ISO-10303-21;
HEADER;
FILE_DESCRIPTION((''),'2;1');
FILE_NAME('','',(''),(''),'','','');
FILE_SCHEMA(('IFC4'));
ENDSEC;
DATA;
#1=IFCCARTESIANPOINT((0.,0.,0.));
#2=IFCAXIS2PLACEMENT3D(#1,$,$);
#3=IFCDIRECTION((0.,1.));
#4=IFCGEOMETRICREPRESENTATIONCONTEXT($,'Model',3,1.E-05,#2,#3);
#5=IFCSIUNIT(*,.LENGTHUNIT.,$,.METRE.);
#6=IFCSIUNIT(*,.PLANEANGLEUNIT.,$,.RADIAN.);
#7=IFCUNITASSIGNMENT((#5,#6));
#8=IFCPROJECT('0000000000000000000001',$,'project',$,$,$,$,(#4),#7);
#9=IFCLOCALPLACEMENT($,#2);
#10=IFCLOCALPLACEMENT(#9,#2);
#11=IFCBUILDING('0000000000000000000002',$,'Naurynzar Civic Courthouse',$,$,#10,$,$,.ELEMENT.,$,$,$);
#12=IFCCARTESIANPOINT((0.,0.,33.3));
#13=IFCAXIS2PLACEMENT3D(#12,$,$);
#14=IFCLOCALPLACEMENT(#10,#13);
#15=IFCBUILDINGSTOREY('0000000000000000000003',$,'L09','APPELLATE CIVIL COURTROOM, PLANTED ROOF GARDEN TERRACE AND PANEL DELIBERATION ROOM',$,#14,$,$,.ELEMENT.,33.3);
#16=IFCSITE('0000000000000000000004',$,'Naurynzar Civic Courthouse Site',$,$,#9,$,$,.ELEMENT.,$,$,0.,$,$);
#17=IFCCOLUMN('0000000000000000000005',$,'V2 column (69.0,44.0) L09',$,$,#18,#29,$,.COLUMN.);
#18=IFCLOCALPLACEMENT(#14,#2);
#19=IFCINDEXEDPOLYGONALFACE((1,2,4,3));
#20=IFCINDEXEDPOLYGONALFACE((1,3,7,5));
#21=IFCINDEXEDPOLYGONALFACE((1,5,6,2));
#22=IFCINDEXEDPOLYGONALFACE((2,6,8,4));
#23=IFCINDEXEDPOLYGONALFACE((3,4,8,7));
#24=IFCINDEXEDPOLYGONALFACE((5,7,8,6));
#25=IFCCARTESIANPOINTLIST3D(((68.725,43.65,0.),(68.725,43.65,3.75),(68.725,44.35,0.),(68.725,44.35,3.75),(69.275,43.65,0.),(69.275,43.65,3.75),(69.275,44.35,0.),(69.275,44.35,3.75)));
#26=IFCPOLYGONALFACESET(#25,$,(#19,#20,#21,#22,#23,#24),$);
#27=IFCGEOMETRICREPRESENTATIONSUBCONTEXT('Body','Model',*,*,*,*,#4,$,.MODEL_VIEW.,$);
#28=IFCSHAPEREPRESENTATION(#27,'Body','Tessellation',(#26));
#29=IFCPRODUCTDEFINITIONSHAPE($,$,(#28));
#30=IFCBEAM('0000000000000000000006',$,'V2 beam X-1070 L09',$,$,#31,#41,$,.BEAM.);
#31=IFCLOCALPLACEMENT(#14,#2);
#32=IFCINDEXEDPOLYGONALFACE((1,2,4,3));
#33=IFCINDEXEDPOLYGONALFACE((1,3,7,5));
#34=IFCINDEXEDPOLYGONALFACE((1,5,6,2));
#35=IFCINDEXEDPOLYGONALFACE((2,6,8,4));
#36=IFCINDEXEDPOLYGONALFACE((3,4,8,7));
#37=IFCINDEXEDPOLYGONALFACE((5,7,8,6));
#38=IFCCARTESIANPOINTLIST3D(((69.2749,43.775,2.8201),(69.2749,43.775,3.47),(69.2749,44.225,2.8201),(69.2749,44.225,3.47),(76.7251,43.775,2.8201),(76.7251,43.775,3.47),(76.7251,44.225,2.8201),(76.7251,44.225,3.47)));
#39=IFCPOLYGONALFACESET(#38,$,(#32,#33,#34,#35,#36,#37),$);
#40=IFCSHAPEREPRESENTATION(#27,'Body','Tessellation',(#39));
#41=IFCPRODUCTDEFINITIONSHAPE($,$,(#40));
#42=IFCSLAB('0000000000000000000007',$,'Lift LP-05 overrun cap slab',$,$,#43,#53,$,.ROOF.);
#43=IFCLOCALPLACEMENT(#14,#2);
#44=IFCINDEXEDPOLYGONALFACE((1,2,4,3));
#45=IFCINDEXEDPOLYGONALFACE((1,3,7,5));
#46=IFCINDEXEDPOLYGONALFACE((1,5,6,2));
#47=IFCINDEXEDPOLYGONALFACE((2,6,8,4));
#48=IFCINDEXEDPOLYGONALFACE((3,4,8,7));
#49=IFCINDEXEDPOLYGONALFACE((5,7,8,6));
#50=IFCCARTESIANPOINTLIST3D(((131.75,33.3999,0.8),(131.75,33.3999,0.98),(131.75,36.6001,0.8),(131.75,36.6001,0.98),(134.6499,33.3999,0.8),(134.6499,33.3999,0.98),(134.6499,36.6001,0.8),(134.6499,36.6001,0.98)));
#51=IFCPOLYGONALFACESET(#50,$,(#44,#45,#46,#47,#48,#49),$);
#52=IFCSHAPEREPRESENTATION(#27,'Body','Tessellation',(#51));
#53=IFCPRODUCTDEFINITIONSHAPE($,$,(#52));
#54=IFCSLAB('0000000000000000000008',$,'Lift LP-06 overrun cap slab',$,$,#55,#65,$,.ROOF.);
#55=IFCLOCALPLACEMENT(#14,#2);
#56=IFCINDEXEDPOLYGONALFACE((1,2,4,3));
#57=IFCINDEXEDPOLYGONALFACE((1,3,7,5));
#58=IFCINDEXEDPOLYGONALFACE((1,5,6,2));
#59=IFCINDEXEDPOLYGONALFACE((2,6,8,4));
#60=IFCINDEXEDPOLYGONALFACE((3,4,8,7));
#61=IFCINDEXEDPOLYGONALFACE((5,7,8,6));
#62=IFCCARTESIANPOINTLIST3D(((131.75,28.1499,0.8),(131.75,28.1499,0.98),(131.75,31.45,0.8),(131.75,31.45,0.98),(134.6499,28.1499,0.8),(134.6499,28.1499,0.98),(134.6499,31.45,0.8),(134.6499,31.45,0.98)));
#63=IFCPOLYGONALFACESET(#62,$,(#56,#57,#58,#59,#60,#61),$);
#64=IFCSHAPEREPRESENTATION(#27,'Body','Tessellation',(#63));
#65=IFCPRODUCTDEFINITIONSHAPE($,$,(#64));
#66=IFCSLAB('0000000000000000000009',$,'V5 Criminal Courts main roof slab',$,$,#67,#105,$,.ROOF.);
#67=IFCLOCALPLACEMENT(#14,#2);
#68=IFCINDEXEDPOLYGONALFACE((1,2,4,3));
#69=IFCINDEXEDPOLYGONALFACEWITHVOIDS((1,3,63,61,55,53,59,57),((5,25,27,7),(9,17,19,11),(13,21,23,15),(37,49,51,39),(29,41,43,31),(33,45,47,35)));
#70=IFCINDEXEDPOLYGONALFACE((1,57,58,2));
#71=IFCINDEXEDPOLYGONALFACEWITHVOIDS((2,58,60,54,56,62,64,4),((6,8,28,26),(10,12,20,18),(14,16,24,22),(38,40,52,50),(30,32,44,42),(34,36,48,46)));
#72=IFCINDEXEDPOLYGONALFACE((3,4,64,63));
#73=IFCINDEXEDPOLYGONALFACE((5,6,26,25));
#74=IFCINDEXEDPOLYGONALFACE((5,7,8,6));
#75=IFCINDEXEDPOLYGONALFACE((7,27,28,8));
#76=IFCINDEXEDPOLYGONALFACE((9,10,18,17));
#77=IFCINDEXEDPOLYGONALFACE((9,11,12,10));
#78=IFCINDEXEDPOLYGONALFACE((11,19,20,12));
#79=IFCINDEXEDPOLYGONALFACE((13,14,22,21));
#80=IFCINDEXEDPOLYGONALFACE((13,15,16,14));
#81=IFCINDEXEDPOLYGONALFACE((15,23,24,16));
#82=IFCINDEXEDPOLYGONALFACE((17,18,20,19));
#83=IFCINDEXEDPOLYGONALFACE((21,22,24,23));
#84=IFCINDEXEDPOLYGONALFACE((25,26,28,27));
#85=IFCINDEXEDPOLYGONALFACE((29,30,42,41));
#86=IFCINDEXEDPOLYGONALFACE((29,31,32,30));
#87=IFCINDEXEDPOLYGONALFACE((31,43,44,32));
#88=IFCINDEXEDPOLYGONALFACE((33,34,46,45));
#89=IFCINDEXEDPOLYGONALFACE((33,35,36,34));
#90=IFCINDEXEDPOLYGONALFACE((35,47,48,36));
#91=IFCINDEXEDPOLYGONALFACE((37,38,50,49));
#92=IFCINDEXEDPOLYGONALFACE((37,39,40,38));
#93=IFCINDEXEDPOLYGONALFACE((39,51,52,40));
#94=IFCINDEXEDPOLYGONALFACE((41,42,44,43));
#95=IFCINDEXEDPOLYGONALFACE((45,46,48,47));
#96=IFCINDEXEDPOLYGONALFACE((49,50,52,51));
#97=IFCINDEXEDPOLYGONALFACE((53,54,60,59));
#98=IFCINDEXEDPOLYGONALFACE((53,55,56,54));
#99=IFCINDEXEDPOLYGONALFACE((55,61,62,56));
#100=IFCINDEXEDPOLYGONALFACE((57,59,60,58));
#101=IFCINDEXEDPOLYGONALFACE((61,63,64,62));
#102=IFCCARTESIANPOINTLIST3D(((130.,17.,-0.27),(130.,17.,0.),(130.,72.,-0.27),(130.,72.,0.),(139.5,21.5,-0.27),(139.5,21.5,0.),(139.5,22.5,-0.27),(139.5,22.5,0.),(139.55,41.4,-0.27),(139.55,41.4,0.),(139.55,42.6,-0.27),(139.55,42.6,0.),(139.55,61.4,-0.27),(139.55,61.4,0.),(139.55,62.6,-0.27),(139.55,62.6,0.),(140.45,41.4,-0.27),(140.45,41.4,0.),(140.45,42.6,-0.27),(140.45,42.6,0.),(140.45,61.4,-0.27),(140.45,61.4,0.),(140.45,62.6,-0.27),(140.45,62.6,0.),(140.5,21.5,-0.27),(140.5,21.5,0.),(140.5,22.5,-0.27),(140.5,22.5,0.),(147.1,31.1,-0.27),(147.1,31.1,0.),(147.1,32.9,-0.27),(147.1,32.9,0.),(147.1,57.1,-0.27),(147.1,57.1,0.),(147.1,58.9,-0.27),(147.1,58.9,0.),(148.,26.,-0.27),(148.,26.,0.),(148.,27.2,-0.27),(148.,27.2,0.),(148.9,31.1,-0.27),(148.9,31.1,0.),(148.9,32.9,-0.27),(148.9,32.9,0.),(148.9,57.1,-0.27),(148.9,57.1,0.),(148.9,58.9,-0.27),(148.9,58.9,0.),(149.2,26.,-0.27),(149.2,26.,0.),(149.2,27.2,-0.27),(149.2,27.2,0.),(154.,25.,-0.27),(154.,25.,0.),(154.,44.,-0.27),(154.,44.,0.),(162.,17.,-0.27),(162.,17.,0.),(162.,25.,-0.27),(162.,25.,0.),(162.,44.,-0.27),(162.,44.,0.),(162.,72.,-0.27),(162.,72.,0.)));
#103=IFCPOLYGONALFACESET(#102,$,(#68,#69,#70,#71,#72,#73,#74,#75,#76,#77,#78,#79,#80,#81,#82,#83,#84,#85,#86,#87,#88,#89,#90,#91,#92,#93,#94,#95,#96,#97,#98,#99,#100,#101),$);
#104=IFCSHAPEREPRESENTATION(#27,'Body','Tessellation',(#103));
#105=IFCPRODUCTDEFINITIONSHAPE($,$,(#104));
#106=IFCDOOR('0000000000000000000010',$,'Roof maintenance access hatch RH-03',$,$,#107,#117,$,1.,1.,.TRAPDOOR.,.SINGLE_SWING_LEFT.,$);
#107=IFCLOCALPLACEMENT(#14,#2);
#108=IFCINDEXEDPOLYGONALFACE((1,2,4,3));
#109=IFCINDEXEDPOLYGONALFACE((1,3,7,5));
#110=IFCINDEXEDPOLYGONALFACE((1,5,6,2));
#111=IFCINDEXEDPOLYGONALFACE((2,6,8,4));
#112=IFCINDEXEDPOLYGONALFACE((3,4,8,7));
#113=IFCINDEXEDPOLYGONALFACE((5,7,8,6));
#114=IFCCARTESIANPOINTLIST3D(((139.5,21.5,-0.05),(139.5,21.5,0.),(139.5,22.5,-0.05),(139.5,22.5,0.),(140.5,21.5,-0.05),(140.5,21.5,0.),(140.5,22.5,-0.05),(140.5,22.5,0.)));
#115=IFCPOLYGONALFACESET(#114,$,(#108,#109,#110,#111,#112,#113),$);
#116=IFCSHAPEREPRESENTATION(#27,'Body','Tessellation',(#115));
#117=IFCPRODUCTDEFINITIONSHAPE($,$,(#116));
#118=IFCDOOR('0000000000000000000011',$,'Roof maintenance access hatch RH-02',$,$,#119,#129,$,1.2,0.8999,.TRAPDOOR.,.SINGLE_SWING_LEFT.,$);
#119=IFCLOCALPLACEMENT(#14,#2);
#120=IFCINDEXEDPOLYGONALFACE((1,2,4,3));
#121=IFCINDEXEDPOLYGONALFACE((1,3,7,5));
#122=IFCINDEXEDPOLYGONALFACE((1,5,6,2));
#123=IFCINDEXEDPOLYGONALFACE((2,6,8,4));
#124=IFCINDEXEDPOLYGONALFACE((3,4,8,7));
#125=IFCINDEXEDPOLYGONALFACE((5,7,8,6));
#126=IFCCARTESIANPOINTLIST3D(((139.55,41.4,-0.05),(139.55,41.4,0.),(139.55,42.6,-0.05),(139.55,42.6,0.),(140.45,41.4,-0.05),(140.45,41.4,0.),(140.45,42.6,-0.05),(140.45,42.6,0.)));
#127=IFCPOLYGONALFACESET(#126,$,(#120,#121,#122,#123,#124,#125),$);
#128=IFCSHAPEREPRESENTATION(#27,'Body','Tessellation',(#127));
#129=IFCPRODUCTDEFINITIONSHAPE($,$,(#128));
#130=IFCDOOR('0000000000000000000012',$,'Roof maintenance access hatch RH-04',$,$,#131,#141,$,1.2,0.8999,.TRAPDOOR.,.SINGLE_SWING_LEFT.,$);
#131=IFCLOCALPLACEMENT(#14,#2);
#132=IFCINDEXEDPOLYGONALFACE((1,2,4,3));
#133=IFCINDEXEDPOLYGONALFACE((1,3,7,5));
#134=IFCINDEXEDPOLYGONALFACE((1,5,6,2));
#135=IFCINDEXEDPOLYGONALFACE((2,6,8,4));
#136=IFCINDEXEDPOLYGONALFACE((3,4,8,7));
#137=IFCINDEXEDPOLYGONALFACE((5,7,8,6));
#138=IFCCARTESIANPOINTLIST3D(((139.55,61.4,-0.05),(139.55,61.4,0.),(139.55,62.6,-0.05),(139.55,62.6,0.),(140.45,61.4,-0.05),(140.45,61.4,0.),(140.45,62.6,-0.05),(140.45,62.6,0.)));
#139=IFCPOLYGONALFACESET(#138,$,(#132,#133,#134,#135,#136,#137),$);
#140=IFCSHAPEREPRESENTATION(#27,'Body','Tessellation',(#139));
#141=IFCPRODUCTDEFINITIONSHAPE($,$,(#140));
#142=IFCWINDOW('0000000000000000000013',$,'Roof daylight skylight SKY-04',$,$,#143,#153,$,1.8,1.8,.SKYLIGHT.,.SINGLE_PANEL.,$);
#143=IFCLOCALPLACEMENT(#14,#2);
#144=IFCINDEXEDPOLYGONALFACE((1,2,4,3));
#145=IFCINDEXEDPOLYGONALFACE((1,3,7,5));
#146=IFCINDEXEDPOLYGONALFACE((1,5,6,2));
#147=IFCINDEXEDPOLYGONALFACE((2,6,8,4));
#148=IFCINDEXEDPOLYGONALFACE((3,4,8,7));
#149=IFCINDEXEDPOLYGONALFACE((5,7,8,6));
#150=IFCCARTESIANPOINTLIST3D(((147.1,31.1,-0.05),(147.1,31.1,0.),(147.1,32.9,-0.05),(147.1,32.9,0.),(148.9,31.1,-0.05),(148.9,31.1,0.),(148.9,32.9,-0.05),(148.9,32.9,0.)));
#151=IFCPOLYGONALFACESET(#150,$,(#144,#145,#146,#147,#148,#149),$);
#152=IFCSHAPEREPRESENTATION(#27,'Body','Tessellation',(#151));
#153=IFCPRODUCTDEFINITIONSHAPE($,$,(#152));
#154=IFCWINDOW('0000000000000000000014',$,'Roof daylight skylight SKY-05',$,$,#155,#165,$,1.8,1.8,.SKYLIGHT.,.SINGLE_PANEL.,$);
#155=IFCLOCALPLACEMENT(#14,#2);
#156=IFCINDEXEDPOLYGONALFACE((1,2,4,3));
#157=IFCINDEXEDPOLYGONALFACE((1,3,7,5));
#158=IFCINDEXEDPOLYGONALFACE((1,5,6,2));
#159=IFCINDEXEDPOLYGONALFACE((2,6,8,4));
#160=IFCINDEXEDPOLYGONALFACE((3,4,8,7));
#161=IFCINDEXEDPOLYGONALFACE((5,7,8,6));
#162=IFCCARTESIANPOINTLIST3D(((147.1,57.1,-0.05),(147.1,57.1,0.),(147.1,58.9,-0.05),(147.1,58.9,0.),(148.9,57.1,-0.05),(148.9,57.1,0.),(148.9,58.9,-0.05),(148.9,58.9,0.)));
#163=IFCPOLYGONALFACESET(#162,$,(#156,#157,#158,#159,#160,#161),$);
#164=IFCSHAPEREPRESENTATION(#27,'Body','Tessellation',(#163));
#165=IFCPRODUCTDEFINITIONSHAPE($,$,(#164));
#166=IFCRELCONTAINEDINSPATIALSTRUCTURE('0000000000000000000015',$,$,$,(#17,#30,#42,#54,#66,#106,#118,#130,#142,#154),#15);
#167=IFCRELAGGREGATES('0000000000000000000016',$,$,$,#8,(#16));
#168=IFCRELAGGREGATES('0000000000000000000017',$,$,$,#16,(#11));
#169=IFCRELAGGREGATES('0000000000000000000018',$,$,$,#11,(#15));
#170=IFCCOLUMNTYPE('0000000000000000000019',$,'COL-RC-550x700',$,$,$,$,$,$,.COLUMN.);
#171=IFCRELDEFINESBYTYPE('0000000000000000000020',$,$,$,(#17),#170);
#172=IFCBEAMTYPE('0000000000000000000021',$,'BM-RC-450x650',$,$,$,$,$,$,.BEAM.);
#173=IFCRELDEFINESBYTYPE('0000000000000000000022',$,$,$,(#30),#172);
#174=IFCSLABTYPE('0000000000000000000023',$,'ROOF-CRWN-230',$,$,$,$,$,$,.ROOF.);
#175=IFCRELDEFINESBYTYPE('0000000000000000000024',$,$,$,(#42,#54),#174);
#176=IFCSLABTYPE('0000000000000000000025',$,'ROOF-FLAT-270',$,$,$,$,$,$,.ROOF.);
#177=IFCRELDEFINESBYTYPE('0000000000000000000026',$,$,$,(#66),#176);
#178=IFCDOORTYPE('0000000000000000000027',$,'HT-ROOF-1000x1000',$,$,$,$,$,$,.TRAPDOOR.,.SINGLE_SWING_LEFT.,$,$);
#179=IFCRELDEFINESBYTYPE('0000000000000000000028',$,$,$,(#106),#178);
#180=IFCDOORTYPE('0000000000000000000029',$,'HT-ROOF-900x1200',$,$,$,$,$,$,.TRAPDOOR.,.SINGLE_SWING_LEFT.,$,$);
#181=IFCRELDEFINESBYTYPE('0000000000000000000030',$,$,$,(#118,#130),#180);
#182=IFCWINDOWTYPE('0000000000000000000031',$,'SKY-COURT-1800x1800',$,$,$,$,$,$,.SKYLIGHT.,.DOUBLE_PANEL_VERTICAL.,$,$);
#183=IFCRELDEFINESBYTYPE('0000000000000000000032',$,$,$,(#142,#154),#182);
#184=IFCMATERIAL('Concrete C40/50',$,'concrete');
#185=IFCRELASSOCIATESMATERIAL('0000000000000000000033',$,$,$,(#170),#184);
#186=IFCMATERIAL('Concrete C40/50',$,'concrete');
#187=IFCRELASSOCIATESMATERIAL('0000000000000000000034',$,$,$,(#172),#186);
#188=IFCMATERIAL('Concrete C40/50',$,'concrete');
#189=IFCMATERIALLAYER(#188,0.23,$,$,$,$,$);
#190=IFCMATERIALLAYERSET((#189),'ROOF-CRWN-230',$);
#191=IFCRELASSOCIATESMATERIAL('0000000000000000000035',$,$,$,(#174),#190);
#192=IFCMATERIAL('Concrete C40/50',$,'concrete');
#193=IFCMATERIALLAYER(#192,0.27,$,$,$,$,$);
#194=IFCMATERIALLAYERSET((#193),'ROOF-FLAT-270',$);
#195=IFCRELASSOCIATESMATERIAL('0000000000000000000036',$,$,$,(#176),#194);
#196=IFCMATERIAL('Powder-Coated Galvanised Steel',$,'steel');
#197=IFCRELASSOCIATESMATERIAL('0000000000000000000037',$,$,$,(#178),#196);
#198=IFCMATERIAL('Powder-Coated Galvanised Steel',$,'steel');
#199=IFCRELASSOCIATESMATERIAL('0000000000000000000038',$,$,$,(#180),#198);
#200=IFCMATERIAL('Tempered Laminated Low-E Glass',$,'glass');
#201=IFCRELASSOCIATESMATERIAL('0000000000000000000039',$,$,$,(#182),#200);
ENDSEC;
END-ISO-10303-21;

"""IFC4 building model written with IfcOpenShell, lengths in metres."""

from ifc_helpers import new_model, si_unit, direction, frame, origin, origin_2d, place, context, subcontext, project, spatial, polyline, rectangle, outline, extrude, material, layer, layer_set, material_profile, profile_set, type_object, element, fill, save


model = new_model("IFC4")

# Units and contexts
model_context = context("Model", 3, precision=1e-05, world=origin(), true_north=direction((0.0, 1.0)))
body_context = subcontext(model_context, "Body", "Model", "MODEL_VIEW")
ifc_project = project(units=[si_unit("LENGTHUNIT", "METRE"), si_unit("PLANEANGLEUNIT", "RADIAN")], contexts=[model_context])

# Site, building, storey
site_placement = place(None, origin())
site = spatial("IfcSite", under=ifc_project, at=site_placement, Name="Naurynzar Civic Courthouse Site", CompositionType="ELEMENT", RefElevation=0.0)
building_placement = place(site_placement, origin())
building = spatial("IfcBuilding", under=site, at=building_placement, Name="Naurynzar Civic Courthouse", CompositionType="ELEMENT")
storey_placement = place(building_placement, frame((0.0, 0.0, 33.3)))
storey = spatial("IfcBuildingStorey", under=building, at=storey_placement, Name="L09", Description="APPELLATE CIVIL COURTROOM, PLANTED ROOF GARDEN TERRACE AND PANEL DELIBERATION ROOM", CompositionType="ELEMENT", Elevation=33.3)

# Column
ifc_material_1 = material(Name="Concrete C40/50", Category="concrete")
ifc_material_profile_1 = material_profile(ifc_material_1, rectangle(XDim=0.55, YDim=0.7, at=origin_2d()), Name="RC 550x700")
ifc_profile_set_1 = profile_set([ifc_material_profile_1], Name="Concrete C40/50")
column_type = type_object("IfcColumnType", Name="COL-RC-550x700", PredefinedType="COLUMN", material=ifc_profile_set_1)
column_placement = place(storey_placement, frame((69.0, 44.0, 0.0), z_axis=(0.0, 0.0, 1.0), x_axis=(1.0, 0.0, 0.0)))
element("IfcColumn", 1, at=column_placement, inside=storey, type_object=column_type, Name="V2 column (69.0,44.0) L09", PredefinedType="COLUMN", context=body_context, shape_type="SweptSolid", body=[
    extrude(rectangle(XDim=0.55, YDim=0.7, at=origin_2d()), origin(), (0.0, 0.0, 1.0), 3.75),
])

# Beam
ifc_material_2 = material(Name="Concrete C40/50", Category="concrete")
ifc_material_profile_2 = material_profile(ifc_material_2, rectangle(XDim=0.45, YDim=0.6499, at=origin_2d()), Name="RCB 450x650")
ifc_profile_set_2 = profile_set([ifc_material_profile_2], Name="Concrete C40/50")
beam_type = type_object("IfcBeamType", Name="BM-RC-450x650", PredefinedType="BEAM", material=ifc_profile_set_2)
beam_placement = place(storey_placement, frame((69.2749, 44.0, 3.145), z_axis=(1.0, 0.0, 0.0), x_axis=(0.0, 1.0, 0.0)))
element("IfcBeam", 2, at=beam_placement, inside=storey, type_object=beam_type, Name="V2 beam X-1070 L09", PredefinedType="BEAM", context=body_context, shape_type="SweptSolid", body=[
    extrude(rectangle(XDim=0.45, YDim=0.6499, at=origin_2d()), origin(), (0.0, 0.0, 1.0), 7.4502),
])

# Slabs
ifc_material_3 = material(Name="Concrete C40/50", Category="concrete")
ifc_layer_1 = layer(ifc_material_3, 0.23)
ifc_layer_set_1 = layer_set([ifc_layer_1], Name="ROOF-CRWN-230")
slab_type_1 = type_object("IfcSlabType", Name="ROOF-CRWN-230", PredefinedType="ROOF", material=ifc_layer_set_1)
slab_1_placement = place(storey_placement, frame((0.0, 0.0, 0.8)))
element("IfcSlab", 3, at=slab_1_placement, inside=storey, type_object=slab_type_1, Name="Lift LP-05 overrun cap slab", PredefinedType="ROOF", context=body_context, shape_type="SweptSolid", body=[
    extrude(outline(polyline([(131.75, 33.3999), (134.6499, 33.3999), (134.6499, 36.6001), (131.75, 36.6001), (131.75, 33.3999)])), origin(), (0.0, 0.0, 1.0), 0.1799),
])
slab_2_placement = place(storey_placement, frame((0.0, 0.0, 0.8)))
element("IfcSlab", 4, at=slab_2_placement, inside=storey, type_object=slab_type_1, Name="Lift LP-06 overrun cap slab", PredefinedType="ROOF", context=body_context, shape_type="SweptSolid", body=[
    extrude(outline(polyline([(131.75, 28.1499), (134.6499, 28.1499), (134.6499, 31.45), (131.75, 31.45), (131.75, 28.1499)])), origin(), (0.0, 0.0, 1.0), 0.1799),
])

# Slab, openings, doors, windows
ifc_material_4 = material(Name="Concrete C40/50", Category="concrete")
ifc_layer_2 = layer(ifc_material_4, 0.27)
ifc_layer_set_2 = layer_set([ifc_layer_2], Name="ROOF-FLAT-270")
slab_type_2 = type_object("IfcSlabType", Name="ROOF-FLAT-270", PredefinedType="ROOF", material=ifc_layer_set_2)
slab_3_placement = place(storey_placement, frame((0.0, 0.0, -0.27)))
slab_3 = element("IfcSlab", 5, at=slab_3_placement, inside=storey, type_object=slab_type_2, Name="V5 Criminal Courts main roof slab", PredefinedType="ROOF", context=body_context, shape_type="SweptSolid", body=[
    extrude(outline(polyline([(130.0, 17.0), (162.0, 17.0), (162.0, 25.0), (154.0, 25.0), (154.0, 44.0), (162.0, 44.0), (162.0, 72.0), (130.0, 72.0), (130.0, 17.0)]), holes=[polyline([(148.0, 26.0), (149.2, 26.0), (149.2, 27.2), (148.0, 27.2), (148.0, 26.0)])]), origin(), (0.0, 0.0, 1.0), 0.27),
])
opening_1_placement = place(slab_3_placement, frame((148.0, 32.0, 0.0)))
opening_1 = element("IfcOpeningElement", 6, at=opening_1_placement, cuts=slab_3, PredefinedType="OPENING", context=body_context, shape_type="SweptSolid", body=[
    extrude(rectangle(XDim=1.8, YDim=1.8, at=origin_2d()), origin(), (0.0, 0.0, 1.0), 0.27),
])
opening_2_placement = place(slab_3_placement, frame((148.0, 58.0, 0.0)))
opening_2 = element("IfcOpeningElement", 7, at=opening_2_placement, cuts=slab_3, PredefinedType="OPENING", context=body_context, shape_type="SweptSolid", body=[
    extrude(rectangle(XDim=1.8, YDim=1.8, at=origin_2d()), origin(), (0.0, 0.0, 1.0), 0.27),
])
opening_3_placement = place(slab_3_placement, frame((140.0, 42.0, 0.0)))
opening_3 = element("IfcOpeningElement", 8, at=opening_3_placement, cuts=slab_3, PredefinedType="OPENING", context=body_context, shape_type="SweptSolid", body=[
    extrude(rectangle(XDim=0.8999, YDim=1.2, at=origin_2d()), origin(), (0.0, 0.0, 1.0), 0.27),
])
opening_4_placement = place(slab_3_placement, frame((140.0, 22.0, 0.0)))
opening_4 = element("IfcOpeningElement", 9, at=opening_4_placement, cuts=slab_3, PredefinedType="OPENING", context=body_context, shape_type="SweptSolid", body=[
    extrude(rectangle(XDim=1.0, YDim=1.0, at=origin_2d()), origin(), (0.0, 0.0, 1.0), 0.27),
])
opening_5_placement = place(slab_3_placement, frame((140.0, 62.0, 0.0)))
opening_5 = element("IfcOpeningElement", 10, at=opening_5_placement, cuts=slab_3, PredefinedType="OPENING", context=body_context, shape_type="SweptSolid", body=[
    extrude(rectangle(XDim=0.8999, YDim=1.2, at=origin_2d()), origin(), (0.0, 0.0, 1.0), 0.27),
])
ifc_material_5 = material(Name="Powder-Coated Galvanised Steel", Category="steel")
door_type_1 = type_object("IfcDoorType", Name="HT-ROOF-1000x1000", OperationType="SINGLE_SWING_LEFT", PredefinedType="TRAPDOOR", material=ifc_material_5)
door_1_placement = place(opening_4_placement, frame((0.0, 0.0, 0.22)))
door_1 = element("IfcDoor", 11, at=door_1_placement, inside=storey, type_object=door_type_1, Name="Roof maintenance access hatch RH-03", OperationType="SINGLE_SWING_LEFT", OverallHeight=1.0, OverallWidth=1.0, PredefinedType="TRAPDOOR", context=body_context, shape_type="SweptSolid", body=[
    extrude(rectangle(XDim=1.0, YDim=1.0, at=origin_2d()), origin(), (0.0, 0.0, 1.0), 0.05),
])
fill(opening_4, door_1)
ifc_material_6 = material(Name="Powder-Coated Galvanised Steel", Category="steel")
door_type_2 = type_object("IfcDoorType", Name="HT-ROOF-900x1200", OperationType="SINGLE_SWING_LEFT", PredefinedType="TRAPDOOR", material=ifc_material_6)
door_2_placement = place(opening_3_placement, frame((0.0, 0.0, 0.22)))
door_2 = element("IfcDoor", 12, at=door_2_placement, inside=storey, type_object=door_type_2, Name="Roof maintenance access hatch RH-02", OperationType="SINGLE_SWING_LEFT", OverallHeight=1.2, OverallWidth=0.8999, PredefinedType="TRAPDOOR", context=body_context, shape_type="SweptSolid", body=[
    extrude(rectangle(XDim=0.8999, YDim=1.2, at=origin_2d()), origin(), (0.0, 0.0, 1.0), 0.05),
])
fill(opening_3, door_2)
door_3_placement = place(opening_5_placement, frame((0.0, 0.0, 0.22)))
door_3 = element("IfcDoor", 13, at=door_3_placement, inside=storey, type_object=door_type_2, Name="Roof maintenance access hatch RH-04", OperationType="SINGLE_SWING_LEFT", OverallHeight=1.2, OverallWidth=0.8999, PredefinedType="TRAPDOOR", context=body_context, shape_type="SweptSolid", body=[
    extrude(rectangle(XDim=0.8999, YDim=1.2, at=origin_2d()), origin(), (0.0, 0.0, 1.0), 0.05),
])
fill(opening_5, door_3)
ifc_material_7 = material(Name="Tempered Laminated Low-E Glass", Category="glass")
window_type = type_object("IfcWindowType", Name="SKY-COURT-1800x1800", PartitioningType="DOUBLE_PANEL_VERTICAL", PredefinedType="SKYLIGHT", material=ifc_material_7)
window_1_placement = place(opening_1_placement, frame((0.0, 0.0, 0.22)))
window_1 = element("IfcWindow", 14, at=window_1_placement, inside=storey, type_object=window_type, Name="Roof daylight skylight SKY-04", OverallHeight=1.8, OverallWidth=1.8, PartitioningType="SINGLE_PANEL", PredefinedType="SKYLIGHT", context=body_context, shape_type="SweptSolid", body=[
    extrude(rectangle(XDim=1.8, YDim=1.8, at=origin_2d()), origin(), (0.0, 0.0, 1.0), 0.05),
])
fill(opening_1, window_1)
window_2_placement = place(opening_2_placement, frame((0.0, 0.0, 0.22)))
window_2 = element("IfcWindow", 15, at=window_2_placement, inside=storey, type_object=window_type, Name="Roof daylight skylight SKY-05", OverallHeight=1.8, OverallWidth=1.8, PartitioningType="SINGLE_PANEL", PredefinedType="SKYLIGHT", context=body_context, shape_type="SweptSolid", body=[
    extrude(rectangle(XDim=1.8, YDim=1.8, at=origin_2d()), origin(), (0.0, 0.0, 1.0), 0.05),
])
fill(opening_2, window_2)

save(model, "model.ifc")
